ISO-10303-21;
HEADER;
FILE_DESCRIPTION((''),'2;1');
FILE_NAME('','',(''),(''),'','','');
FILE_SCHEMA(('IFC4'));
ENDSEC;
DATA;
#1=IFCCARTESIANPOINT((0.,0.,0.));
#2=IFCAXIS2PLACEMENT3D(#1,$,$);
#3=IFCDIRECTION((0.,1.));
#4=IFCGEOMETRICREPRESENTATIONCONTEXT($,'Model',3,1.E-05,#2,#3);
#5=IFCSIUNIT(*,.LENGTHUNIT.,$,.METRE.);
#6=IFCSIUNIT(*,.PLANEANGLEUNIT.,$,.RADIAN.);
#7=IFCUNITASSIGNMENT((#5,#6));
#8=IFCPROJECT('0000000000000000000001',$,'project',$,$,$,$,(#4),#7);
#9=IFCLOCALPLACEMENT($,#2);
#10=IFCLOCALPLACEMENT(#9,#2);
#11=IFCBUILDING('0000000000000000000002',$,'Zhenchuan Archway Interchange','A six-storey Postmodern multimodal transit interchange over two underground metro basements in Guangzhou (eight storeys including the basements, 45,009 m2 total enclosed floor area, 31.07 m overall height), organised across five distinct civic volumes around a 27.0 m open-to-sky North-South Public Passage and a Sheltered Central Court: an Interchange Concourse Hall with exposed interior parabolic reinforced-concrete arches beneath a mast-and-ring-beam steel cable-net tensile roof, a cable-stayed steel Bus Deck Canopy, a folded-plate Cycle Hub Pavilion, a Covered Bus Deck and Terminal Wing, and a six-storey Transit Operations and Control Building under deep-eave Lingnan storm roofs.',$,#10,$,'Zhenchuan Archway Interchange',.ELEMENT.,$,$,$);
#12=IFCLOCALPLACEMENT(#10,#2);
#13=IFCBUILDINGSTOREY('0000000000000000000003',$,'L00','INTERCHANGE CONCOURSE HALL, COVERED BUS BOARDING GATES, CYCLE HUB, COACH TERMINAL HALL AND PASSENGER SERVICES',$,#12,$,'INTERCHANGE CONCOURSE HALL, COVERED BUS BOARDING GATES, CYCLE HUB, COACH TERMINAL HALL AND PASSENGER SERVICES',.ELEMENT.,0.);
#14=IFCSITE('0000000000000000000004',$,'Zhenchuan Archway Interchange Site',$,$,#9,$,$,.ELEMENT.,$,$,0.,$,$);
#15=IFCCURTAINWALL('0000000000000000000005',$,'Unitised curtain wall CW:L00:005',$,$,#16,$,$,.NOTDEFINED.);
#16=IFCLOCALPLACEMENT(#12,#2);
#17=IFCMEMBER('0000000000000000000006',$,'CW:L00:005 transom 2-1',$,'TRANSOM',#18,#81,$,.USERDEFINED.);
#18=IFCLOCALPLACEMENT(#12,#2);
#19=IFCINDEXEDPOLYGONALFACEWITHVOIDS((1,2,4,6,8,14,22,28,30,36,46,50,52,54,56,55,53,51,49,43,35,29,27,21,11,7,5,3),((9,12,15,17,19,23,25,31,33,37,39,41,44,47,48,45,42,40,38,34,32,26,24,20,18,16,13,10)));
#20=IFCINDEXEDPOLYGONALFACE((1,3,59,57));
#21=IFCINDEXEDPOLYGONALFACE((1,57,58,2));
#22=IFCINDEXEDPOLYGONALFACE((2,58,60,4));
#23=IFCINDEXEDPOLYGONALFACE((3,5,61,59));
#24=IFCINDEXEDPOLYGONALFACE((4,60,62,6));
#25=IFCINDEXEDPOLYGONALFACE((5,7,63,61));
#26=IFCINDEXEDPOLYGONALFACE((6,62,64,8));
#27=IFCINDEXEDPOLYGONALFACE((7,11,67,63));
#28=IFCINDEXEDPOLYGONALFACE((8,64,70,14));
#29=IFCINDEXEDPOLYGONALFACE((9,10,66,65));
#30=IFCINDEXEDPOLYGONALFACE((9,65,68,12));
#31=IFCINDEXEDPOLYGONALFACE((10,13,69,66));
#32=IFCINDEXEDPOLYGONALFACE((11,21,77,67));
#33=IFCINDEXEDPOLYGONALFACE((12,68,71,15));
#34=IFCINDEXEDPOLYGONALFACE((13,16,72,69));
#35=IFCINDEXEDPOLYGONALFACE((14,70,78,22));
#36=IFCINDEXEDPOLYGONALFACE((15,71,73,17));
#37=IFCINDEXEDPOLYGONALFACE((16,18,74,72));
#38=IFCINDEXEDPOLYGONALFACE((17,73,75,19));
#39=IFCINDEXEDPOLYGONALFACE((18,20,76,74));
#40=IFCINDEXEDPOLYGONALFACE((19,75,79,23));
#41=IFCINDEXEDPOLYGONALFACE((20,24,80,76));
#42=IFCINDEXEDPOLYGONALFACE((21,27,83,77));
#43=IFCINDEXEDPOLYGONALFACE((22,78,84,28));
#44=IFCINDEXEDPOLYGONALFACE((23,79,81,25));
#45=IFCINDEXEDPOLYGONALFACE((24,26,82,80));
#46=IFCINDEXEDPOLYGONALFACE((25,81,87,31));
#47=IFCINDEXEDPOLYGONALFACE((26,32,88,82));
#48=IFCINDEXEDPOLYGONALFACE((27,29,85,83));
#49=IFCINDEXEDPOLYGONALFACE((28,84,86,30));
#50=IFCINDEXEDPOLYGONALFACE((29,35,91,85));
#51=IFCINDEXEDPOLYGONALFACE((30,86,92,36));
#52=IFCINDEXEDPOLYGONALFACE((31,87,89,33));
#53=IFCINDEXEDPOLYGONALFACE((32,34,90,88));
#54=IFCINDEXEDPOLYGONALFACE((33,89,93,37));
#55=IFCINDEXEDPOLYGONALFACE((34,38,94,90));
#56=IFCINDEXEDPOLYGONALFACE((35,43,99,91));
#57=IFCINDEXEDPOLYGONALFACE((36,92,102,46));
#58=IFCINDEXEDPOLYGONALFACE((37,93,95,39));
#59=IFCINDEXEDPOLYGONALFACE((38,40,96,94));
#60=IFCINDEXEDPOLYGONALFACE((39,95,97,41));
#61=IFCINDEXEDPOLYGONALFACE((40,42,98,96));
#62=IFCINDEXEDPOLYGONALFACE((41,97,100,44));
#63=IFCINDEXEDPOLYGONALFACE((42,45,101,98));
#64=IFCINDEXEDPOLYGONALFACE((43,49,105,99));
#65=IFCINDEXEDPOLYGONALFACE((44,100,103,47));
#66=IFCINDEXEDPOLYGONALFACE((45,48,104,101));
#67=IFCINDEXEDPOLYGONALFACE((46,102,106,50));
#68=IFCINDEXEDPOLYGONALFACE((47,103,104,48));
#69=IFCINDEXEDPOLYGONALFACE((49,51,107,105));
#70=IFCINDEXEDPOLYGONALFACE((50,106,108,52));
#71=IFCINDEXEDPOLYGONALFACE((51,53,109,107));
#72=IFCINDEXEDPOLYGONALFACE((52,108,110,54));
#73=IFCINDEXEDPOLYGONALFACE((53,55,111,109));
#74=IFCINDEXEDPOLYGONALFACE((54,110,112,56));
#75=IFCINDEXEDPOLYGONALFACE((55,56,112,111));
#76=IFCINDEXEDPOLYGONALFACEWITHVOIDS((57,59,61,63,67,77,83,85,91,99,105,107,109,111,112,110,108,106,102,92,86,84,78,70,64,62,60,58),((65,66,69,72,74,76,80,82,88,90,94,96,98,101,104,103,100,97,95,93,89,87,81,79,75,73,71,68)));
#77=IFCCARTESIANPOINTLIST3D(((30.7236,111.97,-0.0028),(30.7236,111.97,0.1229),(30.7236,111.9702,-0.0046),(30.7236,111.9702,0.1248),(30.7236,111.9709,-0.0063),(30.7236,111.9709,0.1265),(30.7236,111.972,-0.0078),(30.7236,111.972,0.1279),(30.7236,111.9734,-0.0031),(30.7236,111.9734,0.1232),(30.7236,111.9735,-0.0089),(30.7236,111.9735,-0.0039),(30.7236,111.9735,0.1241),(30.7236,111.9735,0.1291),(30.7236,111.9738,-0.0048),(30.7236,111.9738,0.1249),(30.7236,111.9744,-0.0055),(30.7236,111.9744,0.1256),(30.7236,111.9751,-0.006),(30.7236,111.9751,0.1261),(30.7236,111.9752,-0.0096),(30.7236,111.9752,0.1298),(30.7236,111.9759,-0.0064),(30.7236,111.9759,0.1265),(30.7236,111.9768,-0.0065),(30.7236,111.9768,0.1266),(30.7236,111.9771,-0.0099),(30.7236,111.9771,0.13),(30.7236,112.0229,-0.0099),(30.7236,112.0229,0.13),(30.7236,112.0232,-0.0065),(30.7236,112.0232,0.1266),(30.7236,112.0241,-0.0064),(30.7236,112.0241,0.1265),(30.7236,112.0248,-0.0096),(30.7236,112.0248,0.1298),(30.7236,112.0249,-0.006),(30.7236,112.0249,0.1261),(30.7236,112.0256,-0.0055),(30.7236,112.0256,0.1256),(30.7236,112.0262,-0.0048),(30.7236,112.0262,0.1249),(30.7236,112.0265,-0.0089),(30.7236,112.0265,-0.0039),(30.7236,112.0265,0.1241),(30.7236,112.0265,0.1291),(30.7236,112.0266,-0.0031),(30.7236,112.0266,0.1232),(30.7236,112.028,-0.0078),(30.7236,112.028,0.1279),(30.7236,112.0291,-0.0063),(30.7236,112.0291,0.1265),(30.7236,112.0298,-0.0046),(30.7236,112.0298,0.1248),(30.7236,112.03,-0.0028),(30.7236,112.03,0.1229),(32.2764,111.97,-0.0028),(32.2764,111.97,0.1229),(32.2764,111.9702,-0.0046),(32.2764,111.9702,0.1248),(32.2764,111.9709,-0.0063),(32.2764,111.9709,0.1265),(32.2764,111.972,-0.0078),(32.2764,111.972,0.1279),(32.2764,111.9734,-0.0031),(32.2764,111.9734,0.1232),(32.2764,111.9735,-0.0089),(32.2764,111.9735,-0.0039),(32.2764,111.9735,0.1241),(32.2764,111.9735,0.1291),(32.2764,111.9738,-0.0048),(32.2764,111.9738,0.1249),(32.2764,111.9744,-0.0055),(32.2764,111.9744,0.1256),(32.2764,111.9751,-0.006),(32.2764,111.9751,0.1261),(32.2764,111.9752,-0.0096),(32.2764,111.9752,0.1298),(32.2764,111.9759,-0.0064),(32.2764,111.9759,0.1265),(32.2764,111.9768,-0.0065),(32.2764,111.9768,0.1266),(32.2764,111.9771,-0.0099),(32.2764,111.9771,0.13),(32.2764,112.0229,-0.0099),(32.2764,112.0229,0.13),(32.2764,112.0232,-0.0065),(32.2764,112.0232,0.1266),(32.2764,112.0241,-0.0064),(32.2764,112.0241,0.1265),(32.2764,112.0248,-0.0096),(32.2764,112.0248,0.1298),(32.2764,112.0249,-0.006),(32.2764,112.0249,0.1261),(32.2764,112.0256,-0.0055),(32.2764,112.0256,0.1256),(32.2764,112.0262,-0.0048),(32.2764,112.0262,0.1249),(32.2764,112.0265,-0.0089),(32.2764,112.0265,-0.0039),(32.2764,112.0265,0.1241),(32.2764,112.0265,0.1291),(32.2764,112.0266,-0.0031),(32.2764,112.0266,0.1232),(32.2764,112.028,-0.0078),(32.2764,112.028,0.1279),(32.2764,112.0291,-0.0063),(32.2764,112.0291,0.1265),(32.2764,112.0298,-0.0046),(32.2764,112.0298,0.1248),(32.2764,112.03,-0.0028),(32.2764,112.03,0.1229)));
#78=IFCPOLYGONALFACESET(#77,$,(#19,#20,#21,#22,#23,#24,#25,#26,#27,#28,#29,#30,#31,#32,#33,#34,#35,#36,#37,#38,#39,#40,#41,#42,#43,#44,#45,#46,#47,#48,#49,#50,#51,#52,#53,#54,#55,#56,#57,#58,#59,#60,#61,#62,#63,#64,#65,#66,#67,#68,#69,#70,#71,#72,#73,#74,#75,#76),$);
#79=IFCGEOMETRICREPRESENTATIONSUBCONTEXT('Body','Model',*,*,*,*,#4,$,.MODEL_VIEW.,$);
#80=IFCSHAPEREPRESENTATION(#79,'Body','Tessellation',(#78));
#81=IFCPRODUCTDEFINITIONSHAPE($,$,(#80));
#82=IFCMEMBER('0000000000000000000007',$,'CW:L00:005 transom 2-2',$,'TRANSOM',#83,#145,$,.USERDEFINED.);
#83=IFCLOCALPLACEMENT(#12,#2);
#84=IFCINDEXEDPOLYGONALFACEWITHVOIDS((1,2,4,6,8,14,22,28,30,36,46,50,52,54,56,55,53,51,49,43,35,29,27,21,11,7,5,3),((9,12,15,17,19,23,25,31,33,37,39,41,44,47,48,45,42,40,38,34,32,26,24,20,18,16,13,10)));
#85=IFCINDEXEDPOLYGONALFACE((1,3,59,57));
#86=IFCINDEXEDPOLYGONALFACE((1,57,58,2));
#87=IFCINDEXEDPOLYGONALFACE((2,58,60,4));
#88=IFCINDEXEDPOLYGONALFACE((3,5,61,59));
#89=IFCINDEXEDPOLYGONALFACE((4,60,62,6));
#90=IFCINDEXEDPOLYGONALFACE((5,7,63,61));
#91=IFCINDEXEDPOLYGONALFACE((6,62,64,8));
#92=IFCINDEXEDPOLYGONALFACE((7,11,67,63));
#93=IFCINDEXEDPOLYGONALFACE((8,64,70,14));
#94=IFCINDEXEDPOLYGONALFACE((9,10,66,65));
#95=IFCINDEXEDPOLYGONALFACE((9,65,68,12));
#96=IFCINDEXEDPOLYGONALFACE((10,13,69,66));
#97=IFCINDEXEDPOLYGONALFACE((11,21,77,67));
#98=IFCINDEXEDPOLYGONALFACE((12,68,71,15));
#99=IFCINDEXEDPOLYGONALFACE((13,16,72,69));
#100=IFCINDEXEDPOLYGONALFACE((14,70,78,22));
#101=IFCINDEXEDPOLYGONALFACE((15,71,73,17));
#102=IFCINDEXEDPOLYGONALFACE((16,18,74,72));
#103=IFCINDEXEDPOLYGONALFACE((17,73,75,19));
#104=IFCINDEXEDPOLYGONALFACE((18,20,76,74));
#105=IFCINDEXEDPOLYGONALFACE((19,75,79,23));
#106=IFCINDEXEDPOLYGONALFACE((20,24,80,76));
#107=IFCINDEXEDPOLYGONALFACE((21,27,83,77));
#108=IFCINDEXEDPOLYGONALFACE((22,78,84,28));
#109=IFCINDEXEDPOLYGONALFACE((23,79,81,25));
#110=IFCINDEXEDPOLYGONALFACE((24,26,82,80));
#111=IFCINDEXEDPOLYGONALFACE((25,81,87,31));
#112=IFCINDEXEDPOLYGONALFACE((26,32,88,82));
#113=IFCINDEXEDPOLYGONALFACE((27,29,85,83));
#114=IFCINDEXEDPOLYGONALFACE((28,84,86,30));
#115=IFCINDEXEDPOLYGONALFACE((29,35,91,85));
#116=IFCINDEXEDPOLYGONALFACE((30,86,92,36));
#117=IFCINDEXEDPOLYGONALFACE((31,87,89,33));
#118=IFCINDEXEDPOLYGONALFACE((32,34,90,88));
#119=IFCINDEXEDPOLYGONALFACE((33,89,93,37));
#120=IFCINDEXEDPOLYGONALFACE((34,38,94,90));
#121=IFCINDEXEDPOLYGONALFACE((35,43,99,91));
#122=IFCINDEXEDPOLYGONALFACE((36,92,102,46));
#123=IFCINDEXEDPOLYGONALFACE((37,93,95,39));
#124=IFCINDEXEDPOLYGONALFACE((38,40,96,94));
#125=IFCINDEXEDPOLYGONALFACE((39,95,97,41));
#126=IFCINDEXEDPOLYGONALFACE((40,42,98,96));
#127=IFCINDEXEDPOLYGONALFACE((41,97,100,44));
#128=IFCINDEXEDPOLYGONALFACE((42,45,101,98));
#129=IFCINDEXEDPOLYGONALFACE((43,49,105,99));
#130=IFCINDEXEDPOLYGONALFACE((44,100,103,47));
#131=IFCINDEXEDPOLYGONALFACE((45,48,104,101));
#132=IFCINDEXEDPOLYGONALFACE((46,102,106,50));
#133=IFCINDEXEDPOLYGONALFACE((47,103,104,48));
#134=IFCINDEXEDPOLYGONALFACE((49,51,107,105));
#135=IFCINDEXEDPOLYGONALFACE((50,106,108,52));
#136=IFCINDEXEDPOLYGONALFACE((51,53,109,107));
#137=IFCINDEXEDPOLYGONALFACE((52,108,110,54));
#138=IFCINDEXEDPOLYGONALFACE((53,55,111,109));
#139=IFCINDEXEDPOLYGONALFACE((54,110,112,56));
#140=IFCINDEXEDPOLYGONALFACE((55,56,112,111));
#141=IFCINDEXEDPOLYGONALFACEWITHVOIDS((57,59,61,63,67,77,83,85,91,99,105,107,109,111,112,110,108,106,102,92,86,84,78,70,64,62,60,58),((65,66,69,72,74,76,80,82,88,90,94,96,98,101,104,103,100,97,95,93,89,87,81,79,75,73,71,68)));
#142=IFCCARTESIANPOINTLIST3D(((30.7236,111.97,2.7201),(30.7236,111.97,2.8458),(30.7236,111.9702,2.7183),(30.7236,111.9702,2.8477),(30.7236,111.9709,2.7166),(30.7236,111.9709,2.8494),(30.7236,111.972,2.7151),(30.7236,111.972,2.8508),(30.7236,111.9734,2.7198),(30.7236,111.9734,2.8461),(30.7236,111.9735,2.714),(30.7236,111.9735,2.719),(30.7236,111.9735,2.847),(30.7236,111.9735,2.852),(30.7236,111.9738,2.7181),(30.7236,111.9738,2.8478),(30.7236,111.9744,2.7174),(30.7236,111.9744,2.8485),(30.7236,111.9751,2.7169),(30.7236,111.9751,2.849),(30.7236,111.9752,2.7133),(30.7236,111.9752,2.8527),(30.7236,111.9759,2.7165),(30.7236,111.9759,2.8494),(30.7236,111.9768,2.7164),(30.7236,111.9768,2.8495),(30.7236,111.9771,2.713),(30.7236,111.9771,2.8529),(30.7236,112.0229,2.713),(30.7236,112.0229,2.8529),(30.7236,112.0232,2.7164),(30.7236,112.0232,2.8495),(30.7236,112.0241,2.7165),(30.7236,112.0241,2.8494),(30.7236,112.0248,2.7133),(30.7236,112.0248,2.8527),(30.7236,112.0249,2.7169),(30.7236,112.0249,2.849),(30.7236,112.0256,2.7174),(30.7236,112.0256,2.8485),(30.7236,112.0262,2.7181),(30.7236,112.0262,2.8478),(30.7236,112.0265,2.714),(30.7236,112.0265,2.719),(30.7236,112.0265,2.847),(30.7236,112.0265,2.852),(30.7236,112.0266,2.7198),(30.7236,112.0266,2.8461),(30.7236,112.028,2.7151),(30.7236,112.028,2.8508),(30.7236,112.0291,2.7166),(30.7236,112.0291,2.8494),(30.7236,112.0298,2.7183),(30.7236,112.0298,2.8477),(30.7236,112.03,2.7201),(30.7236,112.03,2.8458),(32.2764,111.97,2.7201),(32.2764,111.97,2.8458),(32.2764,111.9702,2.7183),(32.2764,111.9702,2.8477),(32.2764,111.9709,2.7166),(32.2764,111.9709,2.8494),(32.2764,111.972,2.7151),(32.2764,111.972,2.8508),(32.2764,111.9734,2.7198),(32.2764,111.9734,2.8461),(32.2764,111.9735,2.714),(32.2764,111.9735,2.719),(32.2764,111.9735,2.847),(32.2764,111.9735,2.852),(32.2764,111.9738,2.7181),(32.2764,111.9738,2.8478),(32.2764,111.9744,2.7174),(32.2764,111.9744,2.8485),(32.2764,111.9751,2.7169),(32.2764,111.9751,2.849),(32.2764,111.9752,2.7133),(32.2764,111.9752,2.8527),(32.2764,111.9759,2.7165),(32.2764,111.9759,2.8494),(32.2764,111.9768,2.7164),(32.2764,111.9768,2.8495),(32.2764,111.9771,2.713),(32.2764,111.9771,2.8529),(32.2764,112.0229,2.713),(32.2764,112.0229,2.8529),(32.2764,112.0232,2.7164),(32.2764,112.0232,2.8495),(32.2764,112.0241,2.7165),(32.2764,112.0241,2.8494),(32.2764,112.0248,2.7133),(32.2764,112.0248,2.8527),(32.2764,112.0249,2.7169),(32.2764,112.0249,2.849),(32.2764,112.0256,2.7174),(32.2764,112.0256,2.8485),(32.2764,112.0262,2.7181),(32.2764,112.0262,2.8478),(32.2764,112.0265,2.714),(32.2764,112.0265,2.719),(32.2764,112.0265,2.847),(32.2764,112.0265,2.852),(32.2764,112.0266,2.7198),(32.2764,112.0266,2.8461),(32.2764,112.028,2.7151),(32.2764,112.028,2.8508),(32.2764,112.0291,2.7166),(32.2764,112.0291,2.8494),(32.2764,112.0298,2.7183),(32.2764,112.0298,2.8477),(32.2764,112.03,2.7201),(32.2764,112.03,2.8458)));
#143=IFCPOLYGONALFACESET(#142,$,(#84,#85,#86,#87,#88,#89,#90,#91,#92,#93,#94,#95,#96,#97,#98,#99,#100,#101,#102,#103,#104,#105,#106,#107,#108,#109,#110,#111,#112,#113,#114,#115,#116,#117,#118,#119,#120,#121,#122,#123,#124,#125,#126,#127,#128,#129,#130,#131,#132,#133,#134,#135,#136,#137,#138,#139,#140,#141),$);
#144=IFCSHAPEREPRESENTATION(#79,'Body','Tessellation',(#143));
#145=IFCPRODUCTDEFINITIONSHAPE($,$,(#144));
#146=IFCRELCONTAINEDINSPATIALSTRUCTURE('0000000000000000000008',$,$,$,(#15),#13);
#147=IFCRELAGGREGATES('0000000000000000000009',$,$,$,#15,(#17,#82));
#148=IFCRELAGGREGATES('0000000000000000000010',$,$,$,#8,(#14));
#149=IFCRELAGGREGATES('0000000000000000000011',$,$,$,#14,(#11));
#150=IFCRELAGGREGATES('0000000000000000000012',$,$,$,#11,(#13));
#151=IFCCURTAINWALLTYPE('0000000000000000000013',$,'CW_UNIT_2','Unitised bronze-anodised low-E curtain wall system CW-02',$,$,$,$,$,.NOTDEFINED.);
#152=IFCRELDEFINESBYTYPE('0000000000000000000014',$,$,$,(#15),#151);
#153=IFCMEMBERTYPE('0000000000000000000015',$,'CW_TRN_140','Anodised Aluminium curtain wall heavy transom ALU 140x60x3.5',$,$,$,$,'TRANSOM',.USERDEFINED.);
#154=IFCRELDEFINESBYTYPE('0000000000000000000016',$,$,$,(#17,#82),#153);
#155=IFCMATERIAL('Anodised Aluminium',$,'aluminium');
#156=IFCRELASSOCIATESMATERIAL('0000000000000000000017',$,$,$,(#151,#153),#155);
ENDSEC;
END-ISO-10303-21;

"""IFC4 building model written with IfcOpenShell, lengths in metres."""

from ifc_helpers import new_model, si_unit, direction, frame, origin, origin_2d, place, context, subcontext, project, spatial, hollow_rectangle, extrude, material, material_profile, profile_set, type_object, element, aggregate, save


model = new_model("IFC4")

# Units and contexts
model_context = context("Model", 3, precision=1e-05, world=origin(), true_north=direction((0.0, 1.0)))
body_context = subcontext(model_context, "Body", "Model", "MODEL_VIEW")
ifc_project = project(units=[si_unit("LENGTHUNIT", "METRE"), si_unit("PLANEANGLEUNIT", "RADIAN")], contexts=[model_context])

# Site, building, storey
site_placement = place(None, origin())
site = spatial("IfcSite", under=ifc_project, at=site_placement, Name="Zhenchuan Archway Interchange Site", CompositionType="ELEMENT", RefElevation=0.0)
building_placement = place(site_placement, origin())
building = spatial("IfcBuilding", under=site, at=building_placement, Name="Zhenchuan Archway Interchange", Description="A six-storey Postmodern multimodal transit interchange over two underground metro basements in Guangzhou (eight storeys including the basements, 45,009 m2 total enclosed floor area, 31.07 m overall height), organised across five distinct civic volumes around a 27.0 m open-to-sky North-South Public Passage and a Sheltered Central Court: an Interchange Concourse Hall with exposed interior parabolic reinforced-concrete arches beneath a mast-and-ring-beam steel cable-net tensile roof, a cable-stayed steel Bus Deck Canopy, a folded-plate Cycle Hub Pavilion, a Covered Bus Deck and Terminal Wing, and a six-storey Transit Operations and Control Building under deep-eave Lingnan storm roofs.", LongName="Zhenchuan Archway Interchange", CompositionType="ELEMENT")
storey_placement = place(building_placement, origin())
storey = spatial("IfcBuildingStorey", under=building, at=storey_placement, Name="L00", Description="INTERCHANGE CONCOURSE HALL, COVERED BUS BOARDING GATES, CYCLE HUB, COACH TERMINAL HALL AND PASSENGER SERVICES", LongName="INTERCHANGE CONCOURSE HALL, COVERED BUS BOARDING GATES, CYCLE HUB, COACH TERMINAL HALL AND PASSENGER SERVICES", CompositionType="ELEMENT", Elevation=0.0)

# Curtain wall, members
ifc_material_1 = material(Name="Anodised Aluminium", Category="aluminium")
curtain_wall_type = type_object("IfcCurtainWallType", Name="CW_UNIT_2", Description="Unitised bronze-anodised low-E curtain wall system CW-02", PredefinedType="NOTDEFINED", material=ifc_material_1)
curtain_wall_placement = place(storey_placement, origin())
curtain_wall = element("IfcCurtainWall", 1, at=curtain_wall_placement, inside=storey, type_object=curtain_wall_type, Name="Unitised curtain wall CW:L00:005", PredefinedType="NOTDEFINED")
ifc_material_profile_1 = material_profile(ifc_material_1, hollow_rectangle(XDim=0.0601, YDim=0.1399, WallThickness=0.0034, InnerFilletRadius=0.0034, OuterFilletRadius=0.0071, at=origin_2d()), Name="ALU 140x60x3.5")
ifc_profile_set_1 = profile_set([ifc_material_profile_1], Name="Anodised Aluminium")
member_type = type_object("IfcMemberType", Name="CW_TRN_140", Description="Anodised Aluminium curtain wall heavy transom ALU 140x60x3.5", ElementType="TRANSOM", PredefinedType="USERDEFINED", material=ifc_profile_set_1)
member_1_placement = place(storey_placement, frame((30.7236, 112.0, 0.0601), z_axis=(1.0, 0.0, 0.0), x_axis=(0.0, 1.0, 0.0)))
member_1 = element("IfcMember", 2, at=member_1_placement, type_object=member_type, Name="CW:L00:005 transom 2-1", ObjectType="TRANSOM", PredefinedType="USERDEFINED", context=body_context, shape_type="SweptSolid", body=[
    extrude(hollow_rectangle(XDim=0.0601, YDim=0.1399, WallThickness=0.0034, InnerFilletRadius=0.0034, OuterFilletRadius=0.0071, at=origin_2d()), origin(), (0.0, 0.0, 1.0), 1.5527),
])
member_2_placement = place(storey_placement, frame((30.7236, 112.0, 2.783), z_axis=(1.0, 0.0, 0.0), x_axis=(0.0, 1.0, 0.0)))
member_2 = element("IfcMember", 3, at=member_2_placement, type_object=member_type, Name="CW:L00:005 transom 2-2", ObjectType="TRANSOM", PredefinedType="USERDEFINED", context=body_context, shape_type="SweptSolid", body=[
    extrude(hollow_rectangle(XDim=0.0601, YDim=0.1399, WallThickness=0.0034, InnerFilletRadius=0.0034, OuterFilletRadius=0.0071, at=origin_2d()), origin(), (0.0, 0.0, 1.0), 1.5527),
])
aggregate(curtain_wall, [member_1, member_2])

save(model, "model.ifc")
